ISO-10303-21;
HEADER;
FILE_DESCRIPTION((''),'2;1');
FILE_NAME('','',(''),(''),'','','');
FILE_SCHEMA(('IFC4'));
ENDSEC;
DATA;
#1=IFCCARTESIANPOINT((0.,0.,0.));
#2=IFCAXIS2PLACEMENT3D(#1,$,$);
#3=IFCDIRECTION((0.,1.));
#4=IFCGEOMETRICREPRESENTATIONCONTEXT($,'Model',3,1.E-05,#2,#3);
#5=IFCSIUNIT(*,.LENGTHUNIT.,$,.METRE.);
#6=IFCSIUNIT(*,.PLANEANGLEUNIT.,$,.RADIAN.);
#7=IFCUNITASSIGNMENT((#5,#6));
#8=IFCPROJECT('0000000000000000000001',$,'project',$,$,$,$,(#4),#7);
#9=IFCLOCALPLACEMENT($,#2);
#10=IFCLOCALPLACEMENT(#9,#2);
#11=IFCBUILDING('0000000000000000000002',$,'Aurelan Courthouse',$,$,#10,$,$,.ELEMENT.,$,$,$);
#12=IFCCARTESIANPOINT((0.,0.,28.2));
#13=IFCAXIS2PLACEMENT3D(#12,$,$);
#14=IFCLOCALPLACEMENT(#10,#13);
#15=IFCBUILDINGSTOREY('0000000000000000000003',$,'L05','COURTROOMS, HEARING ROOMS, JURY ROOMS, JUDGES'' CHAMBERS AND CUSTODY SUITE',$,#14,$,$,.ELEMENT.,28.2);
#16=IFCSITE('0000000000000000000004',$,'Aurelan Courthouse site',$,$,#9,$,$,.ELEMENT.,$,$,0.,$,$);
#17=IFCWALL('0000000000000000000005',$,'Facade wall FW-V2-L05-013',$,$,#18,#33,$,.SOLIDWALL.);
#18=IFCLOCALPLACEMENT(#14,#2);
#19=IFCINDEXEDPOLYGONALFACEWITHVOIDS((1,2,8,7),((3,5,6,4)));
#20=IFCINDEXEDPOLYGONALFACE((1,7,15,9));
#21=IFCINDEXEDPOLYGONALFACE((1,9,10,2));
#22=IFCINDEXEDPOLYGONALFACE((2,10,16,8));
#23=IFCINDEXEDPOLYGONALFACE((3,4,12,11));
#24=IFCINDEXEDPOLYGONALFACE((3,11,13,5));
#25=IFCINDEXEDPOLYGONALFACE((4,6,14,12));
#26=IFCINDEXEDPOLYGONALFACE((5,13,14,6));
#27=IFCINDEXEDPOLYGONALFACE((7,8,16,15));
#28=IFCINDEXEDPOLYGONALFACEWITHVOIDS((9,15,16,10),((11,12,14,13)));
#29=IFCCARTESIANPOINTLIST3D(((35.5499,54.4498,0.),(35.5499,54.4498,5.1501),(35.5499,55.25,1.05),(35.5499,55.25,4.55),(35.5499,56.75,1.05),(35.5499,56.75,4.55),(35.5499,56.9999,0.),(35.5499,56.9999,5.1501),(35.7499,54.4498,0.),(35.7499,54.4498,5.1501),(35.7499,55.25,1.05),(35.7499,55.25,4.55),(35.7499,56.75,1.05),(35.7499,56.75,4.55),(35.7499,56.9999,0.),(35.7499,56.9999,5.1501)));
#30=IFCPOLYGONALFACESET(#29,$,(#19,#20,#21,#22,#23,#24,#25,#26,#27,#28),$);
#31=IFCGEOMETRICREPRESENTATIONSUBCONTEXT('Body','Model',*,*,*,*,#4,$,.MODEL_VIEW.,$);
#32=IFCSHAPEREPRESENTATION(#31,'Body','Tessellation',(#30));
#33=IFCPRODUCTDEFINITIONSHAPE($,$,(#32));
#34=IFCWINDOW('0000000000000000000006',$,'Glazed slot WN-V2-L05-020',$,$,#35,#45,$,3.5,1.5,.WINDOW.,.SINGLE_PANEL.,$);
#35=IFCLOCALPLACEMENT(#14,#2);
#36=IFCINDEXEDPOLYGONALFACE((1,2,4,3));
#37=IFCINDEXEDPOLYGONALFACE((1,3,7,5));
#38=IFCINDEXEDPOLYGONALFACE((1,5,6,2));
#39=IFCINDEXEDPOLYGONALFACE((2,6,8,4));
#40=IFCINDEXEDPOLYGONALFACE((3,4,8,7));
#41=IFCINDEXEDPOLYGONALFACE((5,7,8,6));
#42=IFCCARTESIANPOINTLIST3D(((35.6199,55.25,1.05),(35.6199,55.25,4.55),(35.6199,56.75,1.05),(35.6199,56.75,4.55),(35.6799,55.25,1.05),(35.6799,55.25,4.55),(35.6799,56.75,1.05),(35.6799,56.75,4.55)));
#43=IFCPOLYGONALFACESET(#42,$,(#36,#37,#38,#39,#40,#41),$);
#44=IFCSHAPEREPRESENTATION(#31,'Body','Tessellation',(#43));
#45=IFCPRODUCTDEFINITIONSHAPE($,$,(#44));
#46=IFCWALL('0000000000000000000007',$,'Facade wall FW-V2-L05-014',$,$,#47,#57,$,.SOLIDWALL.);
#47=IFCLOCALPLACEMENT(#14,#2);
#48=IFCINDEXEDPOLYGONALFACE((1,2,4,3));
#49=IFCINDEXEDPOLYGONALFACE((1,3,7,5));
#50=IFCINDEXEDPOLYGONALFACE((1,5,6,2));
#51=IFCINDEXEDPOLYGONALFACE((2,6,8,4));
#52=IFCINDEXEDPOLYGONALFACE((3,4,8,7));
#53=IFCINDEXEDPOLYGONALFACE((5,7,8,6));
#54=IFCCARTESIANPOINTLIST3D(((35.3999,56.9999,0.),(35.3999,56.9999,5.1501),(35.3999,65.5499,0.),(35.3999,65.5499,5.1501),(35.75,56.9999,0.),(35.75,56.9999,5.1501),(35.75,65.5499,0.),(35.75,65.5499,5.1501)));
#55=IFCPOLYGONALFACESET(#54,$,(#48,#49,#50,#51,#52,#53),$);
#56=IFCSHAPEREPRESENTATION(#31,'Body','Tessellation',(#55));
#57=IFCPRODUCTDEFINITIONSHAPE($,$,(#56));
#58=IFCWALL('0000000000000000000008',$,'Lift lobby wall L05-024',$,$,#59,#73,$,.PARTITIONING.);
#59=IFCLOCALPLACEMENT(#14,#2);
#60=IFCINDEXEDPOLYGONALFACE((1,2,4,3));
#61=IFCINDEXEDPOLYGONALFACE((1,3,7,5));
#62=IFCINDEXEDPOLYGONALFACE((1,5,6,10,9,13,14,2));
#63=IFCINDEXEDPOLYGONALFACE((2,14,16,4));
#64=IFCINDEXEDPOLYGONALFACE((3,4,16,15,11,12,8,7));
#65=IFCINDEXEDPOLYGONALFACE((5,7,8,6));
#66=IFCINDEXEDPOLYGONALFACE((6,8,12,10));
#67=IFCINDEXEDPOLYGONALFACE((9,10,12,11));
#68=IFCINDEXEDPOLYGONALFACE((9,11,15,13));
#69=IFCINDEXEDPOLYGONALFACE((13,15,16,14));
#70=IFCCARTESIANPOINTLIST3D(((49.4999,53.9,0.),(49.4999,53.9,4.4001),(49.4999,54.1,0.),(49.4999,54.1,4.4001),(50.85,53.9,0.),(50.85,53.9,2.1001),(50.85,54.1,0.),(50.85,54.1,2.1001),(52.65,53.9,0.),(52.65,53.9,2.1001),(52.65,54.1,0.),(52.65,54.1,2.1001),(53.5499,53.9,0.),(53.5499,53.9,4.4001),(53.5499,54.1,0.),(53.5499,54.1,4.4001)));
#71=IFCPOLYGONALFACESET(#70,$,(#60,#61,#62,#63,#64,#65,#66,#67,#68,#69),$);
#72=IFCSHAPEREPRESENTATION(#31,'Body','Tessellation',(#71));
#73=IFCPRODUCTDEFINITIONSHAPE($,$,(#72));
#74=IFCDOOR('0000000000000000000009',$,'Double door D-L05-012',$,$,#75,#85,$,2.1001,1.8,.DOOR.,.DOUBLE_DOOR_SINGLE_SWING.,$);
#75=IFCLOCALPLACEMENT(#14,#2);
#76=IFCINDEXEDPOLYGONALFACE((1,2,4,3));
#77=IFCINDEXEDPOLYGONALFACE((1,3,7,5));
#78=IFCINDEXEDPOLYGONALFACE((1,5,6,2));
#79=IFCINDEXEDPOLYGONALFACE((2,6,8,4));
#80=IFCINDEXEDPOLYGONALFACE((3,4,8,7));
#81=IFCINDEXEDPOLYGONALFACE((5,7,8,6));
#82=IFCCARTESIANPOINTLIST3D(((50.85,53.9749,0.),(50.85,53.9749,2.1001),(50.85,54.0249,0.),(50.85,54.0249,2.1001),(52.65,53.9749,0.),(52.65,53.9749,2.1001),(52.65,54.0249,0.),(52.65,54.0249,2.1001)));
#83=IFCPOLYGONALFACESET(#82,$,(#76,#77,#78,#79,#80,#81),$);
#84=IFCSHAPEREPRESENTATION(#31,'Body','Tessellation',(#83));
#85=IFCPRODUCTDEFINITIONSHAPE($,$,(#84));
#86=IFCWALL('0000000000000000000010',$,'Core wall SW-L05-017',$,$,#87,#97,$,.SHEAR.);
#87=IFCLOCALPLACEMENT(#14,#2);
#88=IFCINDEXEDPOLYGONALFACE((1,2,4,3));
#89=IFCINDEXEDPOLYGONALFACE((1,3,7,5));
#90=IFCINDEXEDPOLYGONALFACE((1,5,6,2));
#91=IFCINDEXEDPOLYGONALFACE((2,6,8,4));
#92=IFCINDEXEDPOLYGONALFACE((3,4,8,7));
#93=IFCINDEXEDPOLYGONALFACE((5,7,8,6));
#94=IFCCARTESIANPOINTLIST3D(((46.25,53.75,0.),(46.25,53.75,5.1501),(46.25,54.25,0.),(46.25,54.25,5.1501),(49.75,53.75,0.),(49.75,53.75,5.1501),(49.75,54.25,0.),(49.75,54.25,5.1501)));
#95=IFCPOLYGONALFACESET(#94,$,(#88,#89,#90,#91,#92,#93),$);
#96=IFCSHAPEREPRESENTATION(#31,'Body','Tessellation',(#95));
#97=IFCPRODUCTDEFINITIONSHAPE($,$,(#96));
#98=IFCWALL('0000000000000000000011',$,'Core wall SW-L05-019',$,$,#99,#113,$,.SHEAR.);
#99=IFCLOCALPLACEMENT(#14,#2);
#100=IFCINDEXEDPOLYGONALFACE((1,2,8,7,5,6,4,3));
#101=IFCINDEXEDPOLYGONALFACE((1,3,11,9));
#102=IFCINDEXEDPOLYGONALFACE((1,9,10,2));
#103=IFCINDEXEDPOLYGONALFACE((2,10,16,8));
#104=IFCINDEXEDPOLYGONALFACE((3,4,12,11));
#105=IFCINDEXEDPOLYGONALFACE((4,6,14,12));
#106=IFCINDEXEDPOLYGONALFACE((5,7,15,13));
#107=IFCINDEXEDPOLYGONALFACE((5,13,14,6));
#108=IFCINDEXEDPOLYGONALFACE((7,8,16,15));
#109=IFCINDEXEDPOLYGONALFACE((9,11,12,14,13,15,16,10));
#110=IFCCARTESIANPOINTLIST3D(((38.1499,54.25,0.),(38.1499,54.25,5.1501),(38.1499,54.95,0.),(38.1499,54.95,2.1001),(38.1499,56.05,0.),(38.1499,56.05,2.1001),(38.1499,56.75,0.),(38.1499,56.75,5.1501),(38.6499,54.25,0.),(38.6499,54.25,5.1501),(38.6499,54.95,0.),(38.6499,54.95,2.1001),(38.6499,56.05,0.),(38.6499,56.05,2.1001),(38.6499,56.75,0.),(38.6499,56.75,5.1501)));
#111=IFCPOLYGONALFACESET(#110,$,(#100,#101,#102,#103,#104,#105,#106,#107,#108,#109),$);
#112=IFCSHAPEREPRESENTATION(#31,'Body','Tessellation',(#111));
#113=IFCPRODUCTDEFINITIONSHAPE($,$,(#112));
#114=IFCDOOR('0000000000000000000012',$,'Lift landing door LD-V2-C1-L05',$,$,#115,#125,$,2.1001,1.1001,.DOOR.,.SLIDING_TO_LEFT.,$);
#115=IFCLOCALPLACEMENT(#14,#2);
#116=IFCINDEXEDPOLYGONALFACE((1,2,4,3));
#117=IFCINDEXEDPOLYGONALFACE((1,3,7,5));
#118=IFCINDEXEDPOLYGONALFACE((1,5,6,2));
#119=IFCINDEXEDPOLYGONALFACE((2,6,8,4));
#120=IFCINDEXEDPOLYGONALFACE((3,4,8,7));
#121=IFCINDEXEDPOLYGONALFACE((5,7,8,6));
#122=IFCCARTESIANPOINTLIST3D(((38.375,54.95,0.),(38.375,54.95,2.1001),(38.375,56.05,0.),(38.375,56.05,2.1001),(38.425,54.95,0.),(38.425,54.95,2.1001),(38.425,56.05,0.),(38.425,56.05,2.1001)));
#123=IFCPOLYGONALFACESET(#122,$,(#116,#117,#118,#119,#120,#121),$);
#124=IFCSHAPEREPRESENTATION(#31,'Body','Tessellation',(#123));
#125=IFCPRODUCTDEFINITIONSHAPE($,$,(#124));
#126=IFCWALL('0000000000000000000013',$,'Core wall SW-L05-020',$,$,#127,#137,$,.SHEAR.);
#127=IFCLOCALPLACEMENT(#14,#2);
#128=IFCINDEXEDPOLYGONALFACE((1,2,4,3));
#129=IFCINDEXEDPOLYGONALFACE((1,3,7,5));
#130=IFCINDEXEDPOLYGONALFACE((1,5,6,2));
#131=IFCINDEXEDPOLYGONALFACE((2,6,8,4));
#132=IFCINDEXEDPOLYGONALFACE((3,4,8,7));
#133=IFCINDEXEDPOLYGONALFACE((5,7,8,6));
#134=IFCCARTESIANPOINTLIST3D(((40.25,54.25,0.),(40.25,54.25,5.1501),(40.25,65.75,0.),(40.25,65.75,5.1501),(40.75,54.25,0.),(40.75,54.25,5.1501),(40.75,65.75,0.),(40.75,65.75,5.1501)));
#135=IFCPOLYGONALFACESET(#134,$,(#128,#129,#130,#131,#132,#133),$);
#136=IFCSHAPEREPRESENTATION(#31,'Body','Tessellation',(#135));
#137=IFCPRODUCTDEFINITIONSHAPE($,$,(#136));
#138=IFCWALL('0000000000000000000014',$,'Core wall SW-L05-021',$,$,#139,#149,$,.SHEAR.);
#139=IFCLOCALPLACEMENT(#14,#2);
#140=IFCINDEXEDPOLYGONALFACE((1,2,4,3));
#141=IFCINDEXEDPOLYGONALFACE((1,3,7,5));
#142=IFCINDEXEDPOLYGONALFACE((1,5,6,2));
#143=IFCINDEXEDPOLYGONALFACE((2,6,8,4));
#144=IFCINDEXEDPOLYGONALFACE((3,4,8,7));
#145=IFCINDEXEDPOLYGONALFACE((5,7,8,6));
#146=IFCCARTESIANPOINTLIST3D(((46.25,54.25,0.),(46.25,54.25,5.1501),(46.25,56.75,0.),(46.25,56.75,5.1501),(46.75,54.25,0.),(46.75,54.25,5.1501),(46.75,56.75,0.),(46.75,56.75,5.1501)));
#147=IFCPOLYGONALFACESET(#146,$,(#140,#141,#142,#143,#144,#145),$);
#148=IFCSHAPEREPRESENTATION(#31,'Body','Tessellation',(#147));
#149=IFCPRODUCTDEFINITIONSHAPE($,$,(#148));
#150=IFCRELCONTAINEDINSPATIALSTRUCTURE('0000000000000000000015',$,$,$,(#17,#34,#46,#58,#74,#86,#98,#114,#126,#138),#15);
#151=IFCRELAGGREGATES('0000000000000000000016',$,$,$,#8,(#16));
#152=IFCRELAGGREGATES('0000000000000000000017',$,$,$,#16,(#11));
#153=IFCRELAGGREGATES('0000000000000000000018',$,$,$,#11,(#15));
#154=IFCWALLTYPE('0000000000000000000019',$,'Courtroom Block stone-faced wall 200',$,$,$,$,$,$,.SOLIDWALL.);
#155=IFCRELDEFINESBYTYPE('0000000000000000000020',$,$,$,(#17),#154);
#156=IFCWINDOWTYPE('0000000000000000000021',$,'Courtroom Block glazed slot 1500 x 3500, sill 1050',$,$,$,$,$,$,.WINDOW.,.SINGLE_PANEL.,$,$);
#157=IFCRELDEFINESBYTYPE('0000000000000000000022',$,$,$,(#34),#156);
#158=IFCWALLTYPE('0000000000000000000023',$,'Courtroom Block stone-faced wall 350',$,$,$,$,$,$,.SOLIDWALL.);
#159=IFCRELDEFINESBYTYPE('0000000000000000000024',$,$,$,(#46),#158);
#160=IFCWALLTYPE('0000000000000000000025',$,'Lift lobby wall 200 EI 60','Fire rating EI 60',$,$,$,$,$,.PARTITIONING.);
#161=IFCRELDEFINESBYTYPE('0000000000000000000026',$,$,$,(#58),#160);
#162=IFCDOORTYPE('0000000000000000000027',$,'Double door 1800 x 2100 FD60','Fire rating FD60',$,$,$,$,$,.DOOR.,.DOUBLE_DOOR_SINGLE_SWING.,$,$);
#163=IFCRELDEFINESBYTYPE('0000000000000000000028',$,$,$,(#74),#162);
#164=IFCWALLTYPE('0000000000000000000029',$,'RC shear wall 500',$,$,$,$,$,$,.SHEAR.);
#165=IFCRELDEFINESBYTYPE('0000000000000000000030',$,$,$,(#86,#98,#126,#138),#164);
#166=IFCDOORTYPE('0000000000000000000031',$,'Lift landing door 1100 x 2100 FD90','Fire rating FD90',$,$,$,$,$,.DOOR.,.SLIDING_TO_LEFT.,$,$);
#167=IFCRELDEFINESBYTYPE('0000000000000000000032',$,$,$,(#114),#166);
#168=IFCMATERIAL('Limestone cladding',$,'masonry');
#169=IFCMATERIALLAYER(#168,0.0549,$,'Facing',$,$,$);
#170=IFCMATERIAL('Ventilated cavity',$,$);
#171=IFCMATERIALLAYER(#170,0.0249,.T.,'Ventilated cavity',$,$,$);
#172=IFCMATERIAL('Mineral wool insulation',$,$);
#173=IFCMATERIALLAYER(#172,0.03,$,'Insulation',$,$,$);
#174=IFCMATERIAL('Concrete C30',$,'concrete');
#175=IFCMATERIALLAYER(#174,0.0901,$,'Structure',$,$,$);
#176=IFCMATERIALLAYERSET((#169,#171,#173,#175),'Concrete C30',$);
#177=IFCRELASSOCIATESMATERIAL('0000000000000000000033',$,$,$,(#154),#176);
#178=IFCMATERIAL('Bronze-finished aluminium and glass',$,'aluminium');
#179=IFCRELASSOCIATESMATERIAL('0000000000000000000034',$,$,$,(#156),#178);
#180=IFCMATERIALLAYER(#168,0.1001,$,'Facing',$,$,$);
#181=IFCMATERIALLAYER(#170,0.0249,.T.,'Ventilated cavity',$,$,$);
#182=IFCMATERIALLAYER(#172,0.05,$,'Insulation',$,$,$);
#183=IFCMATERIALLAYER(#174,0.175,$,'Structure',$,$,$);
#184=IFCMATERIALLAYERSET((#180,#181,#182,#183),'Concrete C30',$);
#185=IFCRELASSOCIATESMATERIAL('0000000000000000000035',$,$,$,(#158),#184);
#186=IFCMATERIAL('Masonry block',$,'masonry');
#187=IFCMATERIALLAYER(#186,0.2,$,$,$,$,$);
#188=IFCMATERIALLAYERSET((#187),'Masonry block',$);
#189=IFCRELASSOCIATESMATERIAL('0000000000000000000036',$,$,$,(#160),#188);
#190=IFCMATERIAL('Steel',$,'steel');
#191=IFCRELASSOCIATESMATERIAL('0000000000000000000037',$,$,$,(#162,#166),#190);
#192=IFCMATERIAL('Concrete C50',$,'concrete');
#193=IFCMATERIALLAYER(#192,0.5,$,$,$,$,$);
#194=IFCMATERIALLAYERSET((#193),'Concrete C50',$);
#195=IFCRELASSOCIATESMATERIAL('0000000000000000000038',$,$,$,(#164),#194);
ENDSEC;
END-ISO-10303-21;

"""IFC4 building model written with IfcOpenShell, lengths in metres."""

from ifc_helpers import new_model, si_unit, direction, frame, frame_2d, origin, place, context, subcontext, project, spatial, rectangle, extrude, material, layer, layer_set, type_object, element, fill, save


model = new_model("IFC4")

# Units and contexts
model_context = context("Model", 3, precision=1e-05, world=origin(), true_north=direction((0.0, 1.0)))
body_context = subcontext(model_context, "Body", "Model", "MODEL_VIEW")
ifc_project = project(units=[si_unit("LENGTHUNIT", "METRE"), si_unit("PLANEANGLEUNIT", "RADIAN")], contexts=[model_context])

# Site, building, storey
site_placement = place(None, origin())
site = spatial("IfcSite", under=ifc_project, at=site_placement, Name="Aurelan Courthouse site", CompositionType="ELEMENT", RefElevation=0.0)
building_placement = place(site_placement, origin())
building = spatial("IfcBuilding", under=site, at=building_placement, Name="Aurelan Courthouse", CompositionType="ELEMENT")
storey_placement = place(building_placement, frame((0.0, 0.0, 28.2)))
storey = spatial("IfcBuildingStorey", under=building, at=storey_placement, Name="L05", Description="COURTROOMS, HEARING ROOMS, JURY ROOMS, JUDGES' CHAMBERS AND CUSTODY SUITE", CompositionType="ELEMENT", Elevation=28.2)

# Shared definitions
ifc_material_1 = material(Name="Concrete C50", Category="concrete")

# Shared definitions
ifc_material_2 = material(Name="Steel", Category="steel")

# Wall, opening, window
ifc_material_3 = material(Name="Limestone cladding", Category="masonry")
ifc_layer_1 = layer(ifc_material_3, 0.0549, Name="Facing")
ifc_material_4 = material(Name="Ventilated cavity")
ifc_layer_2 = layer(ifc_material_4, 0.0249, ventilated=True, Name="Ventilated cavity")
ifc_material_5 = material(Name="Mineral wool insulation")
ifc_layer_3 = layer(ifc_material_5, 0.03, Name="Insulation")
ifc_material_6 = material(Name="Concrete C30", Category="concrete")
ifc_layer_4 = layer(ifc_material_6, 0.0901, Name="Structure")
ifc_layer_set_1 = layer_set([ifc_layer_1, ifc_layer_2, ifc_layer_3, ifc_layer_4], Name="Concrete C30")
wall_type_1 = type_object("IfcWallType", Name="Courtroom Block stone-faced wall 200", PredefinedType="SOLIDWALL", material=ifc_layer_set_1)
wall_1_placement = place(storey_placement, frame((35.6499, 54.45, 0.0), z_axis=(0.0, 0.0, 1.0), x_axis=(0.0, 1.0, 0.0)))
wall_1 = element("IfcWall", 1, at=wall_1_placement, inside=storey, type_object=wall_type_1, Name="Facade wall FW-V2-L05-013", PredefinedType="SOLIDWALL", context=body_context, shape_type="SweptSolid", body=[
    extrude(rectangle(XDim=2.55, YDim=0.2, at=frame_2d((1.2749, 0.0))), origin(), (0.0, 0.0, 1.0), 5.1501),
])
opening_1_placement = place(wall_1_placement, frame((0.8, 0.0, 1.05)))
opening_1 = element("IfcOpeningElement", 2, at=opening_1_placement, cuts=wall_1, PredefinedType="OPENING", context=body_context, shape_type="SweptSolid", body=[
    extrude(rectangle(XDim=1.5, YDim=3.5, at=frame_2d((0.75, 1.75))), frame((0.0, 0.1099, 0.0), z_axis=(0.0, -1.0, 0.0), x_axis=(1.0, 0.0, 0.0)), (0.0, 0.0, 1.0), 0.22),
])
ifc_material_7 = material(Name="Bronze-finished aluminium and glass", Category="aluminium")
window_type = type_object("IfcWindowType", Name="Courtroom Block glazed slot 1500 x 3500, sill 1050", PartitioningType="SINGLE_PANEL", PredefinedType="WINDOW", material=ifc_material_7)
window_placement = place(opening_1_placement, origin())
window = element("IfcWindow", 3, at=window_placement, inside=storey, type_object=window_type, Name="Glazed slot WN-V2-L05-020", OverallHeight=3.5, OverallWidth=1.5, PartitioningType="SINGLE_PANEL", PredefinedType="WINDOW", context=body_context, shape_type="SweptSolid", body=[
    extrude(rectangle(XDim=1.5, YDim=3.5, at=frame_2d((0.75, 1.75))), frame((0.0, 0.03, 0.0), z_axis=(0.0, -1.0, 0.0), x_axis=(1.0, 0.0, 0.0)), (0.0, 0.0, 1.0), 0.0601),
])
fill(opening_1, window)

# Wall
ifc_layer_5 = layer(ifc_material_3, 0.1001, Name="Facing")
ifc_layer_6 = layer(ifc_material_4, 0.0249, ventilated=True, Name="Ventilated cavity")
ifc_layer_7 = layer(ifc_material_5, 0.05, Name="Insulation")
ifc_layer_8 = layer(ifc_material_6, 0.175, Name="Structure")
ifc_layer_set_2 = layer_set([ifc_layer_5, ifc_layer_6, ifc_layer_7, ifc_layer_8], Name="Concrete C30")
wall_type_2 = type_object("IfcWallType", Name="Courtroom Block stone-faced wall 350", PredefinedType="SOLIDWALL", material=ifc_layer_set_2)
wall_2_placement = place(storey_placement, frame((35.575, 57.0, 0.0), z_axis=(0.0, 0.0, 1.0), x_axis=(0.0, 1.0, 0.0)))
element("IfcWall", 4, at=wall_2_placement, inside=storey, type_object=wall_type_2, Name="Facade wall FW-V2-L05-014", PredefinedType="SOLIDWALL", context=body_context, shape_type="SweptSolid", body=[
    extrude(rectangle(XDim=8.55, YDim=0.3501, at=frame_2d((4.2749, 0.0))), origin(), (0.0, 0.0, 1.0), 5.1501),
])

# Wall, opening, door
ifc_material_8 = material(Name="Masonry block", Category="masonry")
ifc_layer_9 = layer(ifc_material_8, 0.2)
ifc_layer_set_3 = layer_set([ifc_layer_9], Name="Masonry block")
wall_type_3 = type_object("IfcWallType", Name="Lift lobby wall 200 EI 60", Description="Fire rating EI 60", PredefinedType="PARTITIONING", material=ifc_layer_set_3)
wall_3_placement = place(storey_placement, frame((49.5, 54.0, 0.0), z_axis=(0.0, 0.0, 1.0), x_axis=(1.0, 0.0, 0.0)))
wall_3 = element("IfcWall", 5, at=wall_3_placement, inside=storey, type_object=wall_type_3, Name="Lift lobby wall L05-024", PredefinedType="PARTITIONING", context=body_context, shape_type="SweptSolid", body=[
    extrude(rectangle(XDim=4.05, YDim=0.2, at=frame_2d((2.0249, 0.0))), origin(), (0.0, 0.0, 1.0), 4.4001),
])
opening_2_placement = place(wall_3_placement, frame((1.3501, 0.0, 0.0)))
opening_2 = element("IfcOpeningElement", 6, at=opening_2_placement, cuts=wall_3, PredefinedType="OPENING", context=body_context, shape_type="SweptSolid", body=[
    extrude(rectangle(XDim=1.8, YDim=2.1001, at=frame_2d((0.8999, 1.05))), frame((0.0, 0.1099, 0.0), z_axis=(0.0, -1.0, 0.0), x_axis=(1.0, 0.0, 0.0)), (0.0, 0.0, 1.0), 0.22),
])
door_type_1 = type_object("IfcDoorType", Name="Double door 1800 x 2100 FD60", Description="Fire rating FD60", OperationType="DOUBLE_DOOR_SINGLE_SWING", PredefinedType="DOOR", material=ifc_material_2)
door_1_placement = place(opening_2_placement, origin())
door_1 = element("IfcDoor", 7, at=door_1_placement, inside=storey, type_object=door_type_1, Name="Double door D-L05-012", OperationType="DOUBLE_DOOR_SINGLE_SWING", OverallHeight=2.1001, OverallWidth=1.8, PredefinedType="DOOR", context=body_context, shape_type="SweptSolid", body=[
    extrude(rectangle(XDim=1.8, YDim=2.1001, at=frame_2d((0.8999, 1.05))), frame((0.0, 0.0249, 0.0), z_axis=(0.0, -1.0, 0.0), x_axis=(1.0, 0.0, 0.0)), (0.0, 0.0, 1.0), 0.05),
])
fill(opening_2, door_1)

# Wall
ifc_layer_10 = layer(ifc_material_1, 0.5)
ifc_layer_set_4 = layer_set([ifc_layer_10], Name="Concrete C50")
wall_type_4 = type_object("IfcWallType", Name="RC shear wall 500", PredefinedType="SHEAR", material=ifc_layer_set_4)
wall_4_placement = place(storey_placement, frame((46.25, 54.0, 0.0), z_axis=(0.0, 0.0, 1.0), x_axis=(1.0, 0.0, 0.0)))
element("IfcWall", 8, at=wall_4_placement, inside=storey, type_object=wall_type_4, Name="Core wall SW-L05-017", PredefinedType="SHEAR", context=body_context, shape_type="SweptSolid", body=[
    extrude(rectangle(XDim=3.5, YDim=0.5, at=frame_2d((1.75, 0.0))), origin(), (0.0, 0.0, 1.0), 5.1501),
])

# Wall, opening, door
wall_5_placement = place(storey_placement, frame((38.3999, 54.25, 0.0), z_axis=(0.0, 0.0, 1.0), x_axis=(0.0, 1.0, 0.0)))
wall_5 = element("IfcWall", 9, at=wall_5_placement, inside=storey, type_object=wall_type_4, Name="Core wall SW-L05-019", PredefinedType="SHEAR", context=body_context, shape_type="SweptSolid", body=[
    extrude(rectangle(XDim=2.5, YDim=0.5, at=frame_2d((1.25, 0.0))), origin(), (0.0, 0.0, 1.0), 5.1501),
])
opening_3_placement = place(wall_5_placement, frame((0.7, 0.0, 0.0)))
opening_3 = element("IfcOpeningElement", 10, at=opening_3_placement, cuts=wall_5, PredefinedType="OPENING", context=body_context, shape_type="SweptSolid", body=[
    extrude(rectangle(XDim=1.1001, YDim=2.1001, at=frame_2d((0.55, 1.05))), frame((0.0, 0.26, 0.0), z_axis=(0.0, -1.0, 0.0), x_axis=(1.0, 0.0, 0.0)), (0.0, 0.0, 1.0), 0.52),
])
door_type_2 = type_object("IfcDoorType", Name="Lift landing door 1100 x 2100 FD90", Description="Fire rating FD90", OperationType="SLIDING_TO_LEFT", PredefinedType="DOOR", material=ifc_material_2)
door_2_placement = place(opening_3_placement, origin())
door_2 = element("IfcDoor", 11, at=door_2_placement, inside=storey, type_object=door_type_2, Name="Lift landing door LD-V2-C1-L05", OperationType="SLIDING_TO_LEFT", OverallHeight=2.1001, OverallWidth=1.1001, PredefinedType="DOOR", context=body_context, shape_type="SweptSolid", body=[
    extrude(rectangle(XDim=1.1001, YDim=2.1001, at=frame_2d((0.55, 1.05))), frame((0.0, 0.0249, 0.0), z_axis=(0.0, -1.0, 0.0), x_axis=(1.0, 0.0, 0.0)), (0.0, 0.0, 1.0), 0.05),
])
fill(opening_3, door_2)

# Walls
wall_6_placement = place(storey_placement, frame((40.5, 54.25, 0.0), z_axis=(0.0, 0.0, 1.0), x_axis=(0.0, 1.0, 0.0)))
element("IfcWall", 12, at=wall_6_placement, inside=storey, type_object=wall_type_4, Name="Core wall SW-L05-020", PredefinedType="SHEAR", context=body_context, shape_type="SweptSolid", body=[
    extrude(rectangle(XDim=11.5, YDim=0.5, at=frame_2d((5.75, 0.0))), origin(), (0.0, 0.0, 1.0), 5.1501),
])
wall_7_placement = place(storey_placement, frame((46.5, 54.25, 0.0), z_axis=(0.0, 0.0, 1.0), x_axis=(0.0, 1.0, 0.0)))
element("IfcWall", 13, at=wall_7_placement, inside=storey, type_object=wall_type_4, Name="Core wall SW-L05-021", PredefinedType="SHEAR", context=body_context, shape_type="SweptSolid", body=[
    extrude(rectangle(XDim=2.5, YDim=0.5, at=frame_2d((1.25, 0.0))), origin(), (0.0, 0.0, 1.0), 5.1501),
])

save(model, "model.ifc")
